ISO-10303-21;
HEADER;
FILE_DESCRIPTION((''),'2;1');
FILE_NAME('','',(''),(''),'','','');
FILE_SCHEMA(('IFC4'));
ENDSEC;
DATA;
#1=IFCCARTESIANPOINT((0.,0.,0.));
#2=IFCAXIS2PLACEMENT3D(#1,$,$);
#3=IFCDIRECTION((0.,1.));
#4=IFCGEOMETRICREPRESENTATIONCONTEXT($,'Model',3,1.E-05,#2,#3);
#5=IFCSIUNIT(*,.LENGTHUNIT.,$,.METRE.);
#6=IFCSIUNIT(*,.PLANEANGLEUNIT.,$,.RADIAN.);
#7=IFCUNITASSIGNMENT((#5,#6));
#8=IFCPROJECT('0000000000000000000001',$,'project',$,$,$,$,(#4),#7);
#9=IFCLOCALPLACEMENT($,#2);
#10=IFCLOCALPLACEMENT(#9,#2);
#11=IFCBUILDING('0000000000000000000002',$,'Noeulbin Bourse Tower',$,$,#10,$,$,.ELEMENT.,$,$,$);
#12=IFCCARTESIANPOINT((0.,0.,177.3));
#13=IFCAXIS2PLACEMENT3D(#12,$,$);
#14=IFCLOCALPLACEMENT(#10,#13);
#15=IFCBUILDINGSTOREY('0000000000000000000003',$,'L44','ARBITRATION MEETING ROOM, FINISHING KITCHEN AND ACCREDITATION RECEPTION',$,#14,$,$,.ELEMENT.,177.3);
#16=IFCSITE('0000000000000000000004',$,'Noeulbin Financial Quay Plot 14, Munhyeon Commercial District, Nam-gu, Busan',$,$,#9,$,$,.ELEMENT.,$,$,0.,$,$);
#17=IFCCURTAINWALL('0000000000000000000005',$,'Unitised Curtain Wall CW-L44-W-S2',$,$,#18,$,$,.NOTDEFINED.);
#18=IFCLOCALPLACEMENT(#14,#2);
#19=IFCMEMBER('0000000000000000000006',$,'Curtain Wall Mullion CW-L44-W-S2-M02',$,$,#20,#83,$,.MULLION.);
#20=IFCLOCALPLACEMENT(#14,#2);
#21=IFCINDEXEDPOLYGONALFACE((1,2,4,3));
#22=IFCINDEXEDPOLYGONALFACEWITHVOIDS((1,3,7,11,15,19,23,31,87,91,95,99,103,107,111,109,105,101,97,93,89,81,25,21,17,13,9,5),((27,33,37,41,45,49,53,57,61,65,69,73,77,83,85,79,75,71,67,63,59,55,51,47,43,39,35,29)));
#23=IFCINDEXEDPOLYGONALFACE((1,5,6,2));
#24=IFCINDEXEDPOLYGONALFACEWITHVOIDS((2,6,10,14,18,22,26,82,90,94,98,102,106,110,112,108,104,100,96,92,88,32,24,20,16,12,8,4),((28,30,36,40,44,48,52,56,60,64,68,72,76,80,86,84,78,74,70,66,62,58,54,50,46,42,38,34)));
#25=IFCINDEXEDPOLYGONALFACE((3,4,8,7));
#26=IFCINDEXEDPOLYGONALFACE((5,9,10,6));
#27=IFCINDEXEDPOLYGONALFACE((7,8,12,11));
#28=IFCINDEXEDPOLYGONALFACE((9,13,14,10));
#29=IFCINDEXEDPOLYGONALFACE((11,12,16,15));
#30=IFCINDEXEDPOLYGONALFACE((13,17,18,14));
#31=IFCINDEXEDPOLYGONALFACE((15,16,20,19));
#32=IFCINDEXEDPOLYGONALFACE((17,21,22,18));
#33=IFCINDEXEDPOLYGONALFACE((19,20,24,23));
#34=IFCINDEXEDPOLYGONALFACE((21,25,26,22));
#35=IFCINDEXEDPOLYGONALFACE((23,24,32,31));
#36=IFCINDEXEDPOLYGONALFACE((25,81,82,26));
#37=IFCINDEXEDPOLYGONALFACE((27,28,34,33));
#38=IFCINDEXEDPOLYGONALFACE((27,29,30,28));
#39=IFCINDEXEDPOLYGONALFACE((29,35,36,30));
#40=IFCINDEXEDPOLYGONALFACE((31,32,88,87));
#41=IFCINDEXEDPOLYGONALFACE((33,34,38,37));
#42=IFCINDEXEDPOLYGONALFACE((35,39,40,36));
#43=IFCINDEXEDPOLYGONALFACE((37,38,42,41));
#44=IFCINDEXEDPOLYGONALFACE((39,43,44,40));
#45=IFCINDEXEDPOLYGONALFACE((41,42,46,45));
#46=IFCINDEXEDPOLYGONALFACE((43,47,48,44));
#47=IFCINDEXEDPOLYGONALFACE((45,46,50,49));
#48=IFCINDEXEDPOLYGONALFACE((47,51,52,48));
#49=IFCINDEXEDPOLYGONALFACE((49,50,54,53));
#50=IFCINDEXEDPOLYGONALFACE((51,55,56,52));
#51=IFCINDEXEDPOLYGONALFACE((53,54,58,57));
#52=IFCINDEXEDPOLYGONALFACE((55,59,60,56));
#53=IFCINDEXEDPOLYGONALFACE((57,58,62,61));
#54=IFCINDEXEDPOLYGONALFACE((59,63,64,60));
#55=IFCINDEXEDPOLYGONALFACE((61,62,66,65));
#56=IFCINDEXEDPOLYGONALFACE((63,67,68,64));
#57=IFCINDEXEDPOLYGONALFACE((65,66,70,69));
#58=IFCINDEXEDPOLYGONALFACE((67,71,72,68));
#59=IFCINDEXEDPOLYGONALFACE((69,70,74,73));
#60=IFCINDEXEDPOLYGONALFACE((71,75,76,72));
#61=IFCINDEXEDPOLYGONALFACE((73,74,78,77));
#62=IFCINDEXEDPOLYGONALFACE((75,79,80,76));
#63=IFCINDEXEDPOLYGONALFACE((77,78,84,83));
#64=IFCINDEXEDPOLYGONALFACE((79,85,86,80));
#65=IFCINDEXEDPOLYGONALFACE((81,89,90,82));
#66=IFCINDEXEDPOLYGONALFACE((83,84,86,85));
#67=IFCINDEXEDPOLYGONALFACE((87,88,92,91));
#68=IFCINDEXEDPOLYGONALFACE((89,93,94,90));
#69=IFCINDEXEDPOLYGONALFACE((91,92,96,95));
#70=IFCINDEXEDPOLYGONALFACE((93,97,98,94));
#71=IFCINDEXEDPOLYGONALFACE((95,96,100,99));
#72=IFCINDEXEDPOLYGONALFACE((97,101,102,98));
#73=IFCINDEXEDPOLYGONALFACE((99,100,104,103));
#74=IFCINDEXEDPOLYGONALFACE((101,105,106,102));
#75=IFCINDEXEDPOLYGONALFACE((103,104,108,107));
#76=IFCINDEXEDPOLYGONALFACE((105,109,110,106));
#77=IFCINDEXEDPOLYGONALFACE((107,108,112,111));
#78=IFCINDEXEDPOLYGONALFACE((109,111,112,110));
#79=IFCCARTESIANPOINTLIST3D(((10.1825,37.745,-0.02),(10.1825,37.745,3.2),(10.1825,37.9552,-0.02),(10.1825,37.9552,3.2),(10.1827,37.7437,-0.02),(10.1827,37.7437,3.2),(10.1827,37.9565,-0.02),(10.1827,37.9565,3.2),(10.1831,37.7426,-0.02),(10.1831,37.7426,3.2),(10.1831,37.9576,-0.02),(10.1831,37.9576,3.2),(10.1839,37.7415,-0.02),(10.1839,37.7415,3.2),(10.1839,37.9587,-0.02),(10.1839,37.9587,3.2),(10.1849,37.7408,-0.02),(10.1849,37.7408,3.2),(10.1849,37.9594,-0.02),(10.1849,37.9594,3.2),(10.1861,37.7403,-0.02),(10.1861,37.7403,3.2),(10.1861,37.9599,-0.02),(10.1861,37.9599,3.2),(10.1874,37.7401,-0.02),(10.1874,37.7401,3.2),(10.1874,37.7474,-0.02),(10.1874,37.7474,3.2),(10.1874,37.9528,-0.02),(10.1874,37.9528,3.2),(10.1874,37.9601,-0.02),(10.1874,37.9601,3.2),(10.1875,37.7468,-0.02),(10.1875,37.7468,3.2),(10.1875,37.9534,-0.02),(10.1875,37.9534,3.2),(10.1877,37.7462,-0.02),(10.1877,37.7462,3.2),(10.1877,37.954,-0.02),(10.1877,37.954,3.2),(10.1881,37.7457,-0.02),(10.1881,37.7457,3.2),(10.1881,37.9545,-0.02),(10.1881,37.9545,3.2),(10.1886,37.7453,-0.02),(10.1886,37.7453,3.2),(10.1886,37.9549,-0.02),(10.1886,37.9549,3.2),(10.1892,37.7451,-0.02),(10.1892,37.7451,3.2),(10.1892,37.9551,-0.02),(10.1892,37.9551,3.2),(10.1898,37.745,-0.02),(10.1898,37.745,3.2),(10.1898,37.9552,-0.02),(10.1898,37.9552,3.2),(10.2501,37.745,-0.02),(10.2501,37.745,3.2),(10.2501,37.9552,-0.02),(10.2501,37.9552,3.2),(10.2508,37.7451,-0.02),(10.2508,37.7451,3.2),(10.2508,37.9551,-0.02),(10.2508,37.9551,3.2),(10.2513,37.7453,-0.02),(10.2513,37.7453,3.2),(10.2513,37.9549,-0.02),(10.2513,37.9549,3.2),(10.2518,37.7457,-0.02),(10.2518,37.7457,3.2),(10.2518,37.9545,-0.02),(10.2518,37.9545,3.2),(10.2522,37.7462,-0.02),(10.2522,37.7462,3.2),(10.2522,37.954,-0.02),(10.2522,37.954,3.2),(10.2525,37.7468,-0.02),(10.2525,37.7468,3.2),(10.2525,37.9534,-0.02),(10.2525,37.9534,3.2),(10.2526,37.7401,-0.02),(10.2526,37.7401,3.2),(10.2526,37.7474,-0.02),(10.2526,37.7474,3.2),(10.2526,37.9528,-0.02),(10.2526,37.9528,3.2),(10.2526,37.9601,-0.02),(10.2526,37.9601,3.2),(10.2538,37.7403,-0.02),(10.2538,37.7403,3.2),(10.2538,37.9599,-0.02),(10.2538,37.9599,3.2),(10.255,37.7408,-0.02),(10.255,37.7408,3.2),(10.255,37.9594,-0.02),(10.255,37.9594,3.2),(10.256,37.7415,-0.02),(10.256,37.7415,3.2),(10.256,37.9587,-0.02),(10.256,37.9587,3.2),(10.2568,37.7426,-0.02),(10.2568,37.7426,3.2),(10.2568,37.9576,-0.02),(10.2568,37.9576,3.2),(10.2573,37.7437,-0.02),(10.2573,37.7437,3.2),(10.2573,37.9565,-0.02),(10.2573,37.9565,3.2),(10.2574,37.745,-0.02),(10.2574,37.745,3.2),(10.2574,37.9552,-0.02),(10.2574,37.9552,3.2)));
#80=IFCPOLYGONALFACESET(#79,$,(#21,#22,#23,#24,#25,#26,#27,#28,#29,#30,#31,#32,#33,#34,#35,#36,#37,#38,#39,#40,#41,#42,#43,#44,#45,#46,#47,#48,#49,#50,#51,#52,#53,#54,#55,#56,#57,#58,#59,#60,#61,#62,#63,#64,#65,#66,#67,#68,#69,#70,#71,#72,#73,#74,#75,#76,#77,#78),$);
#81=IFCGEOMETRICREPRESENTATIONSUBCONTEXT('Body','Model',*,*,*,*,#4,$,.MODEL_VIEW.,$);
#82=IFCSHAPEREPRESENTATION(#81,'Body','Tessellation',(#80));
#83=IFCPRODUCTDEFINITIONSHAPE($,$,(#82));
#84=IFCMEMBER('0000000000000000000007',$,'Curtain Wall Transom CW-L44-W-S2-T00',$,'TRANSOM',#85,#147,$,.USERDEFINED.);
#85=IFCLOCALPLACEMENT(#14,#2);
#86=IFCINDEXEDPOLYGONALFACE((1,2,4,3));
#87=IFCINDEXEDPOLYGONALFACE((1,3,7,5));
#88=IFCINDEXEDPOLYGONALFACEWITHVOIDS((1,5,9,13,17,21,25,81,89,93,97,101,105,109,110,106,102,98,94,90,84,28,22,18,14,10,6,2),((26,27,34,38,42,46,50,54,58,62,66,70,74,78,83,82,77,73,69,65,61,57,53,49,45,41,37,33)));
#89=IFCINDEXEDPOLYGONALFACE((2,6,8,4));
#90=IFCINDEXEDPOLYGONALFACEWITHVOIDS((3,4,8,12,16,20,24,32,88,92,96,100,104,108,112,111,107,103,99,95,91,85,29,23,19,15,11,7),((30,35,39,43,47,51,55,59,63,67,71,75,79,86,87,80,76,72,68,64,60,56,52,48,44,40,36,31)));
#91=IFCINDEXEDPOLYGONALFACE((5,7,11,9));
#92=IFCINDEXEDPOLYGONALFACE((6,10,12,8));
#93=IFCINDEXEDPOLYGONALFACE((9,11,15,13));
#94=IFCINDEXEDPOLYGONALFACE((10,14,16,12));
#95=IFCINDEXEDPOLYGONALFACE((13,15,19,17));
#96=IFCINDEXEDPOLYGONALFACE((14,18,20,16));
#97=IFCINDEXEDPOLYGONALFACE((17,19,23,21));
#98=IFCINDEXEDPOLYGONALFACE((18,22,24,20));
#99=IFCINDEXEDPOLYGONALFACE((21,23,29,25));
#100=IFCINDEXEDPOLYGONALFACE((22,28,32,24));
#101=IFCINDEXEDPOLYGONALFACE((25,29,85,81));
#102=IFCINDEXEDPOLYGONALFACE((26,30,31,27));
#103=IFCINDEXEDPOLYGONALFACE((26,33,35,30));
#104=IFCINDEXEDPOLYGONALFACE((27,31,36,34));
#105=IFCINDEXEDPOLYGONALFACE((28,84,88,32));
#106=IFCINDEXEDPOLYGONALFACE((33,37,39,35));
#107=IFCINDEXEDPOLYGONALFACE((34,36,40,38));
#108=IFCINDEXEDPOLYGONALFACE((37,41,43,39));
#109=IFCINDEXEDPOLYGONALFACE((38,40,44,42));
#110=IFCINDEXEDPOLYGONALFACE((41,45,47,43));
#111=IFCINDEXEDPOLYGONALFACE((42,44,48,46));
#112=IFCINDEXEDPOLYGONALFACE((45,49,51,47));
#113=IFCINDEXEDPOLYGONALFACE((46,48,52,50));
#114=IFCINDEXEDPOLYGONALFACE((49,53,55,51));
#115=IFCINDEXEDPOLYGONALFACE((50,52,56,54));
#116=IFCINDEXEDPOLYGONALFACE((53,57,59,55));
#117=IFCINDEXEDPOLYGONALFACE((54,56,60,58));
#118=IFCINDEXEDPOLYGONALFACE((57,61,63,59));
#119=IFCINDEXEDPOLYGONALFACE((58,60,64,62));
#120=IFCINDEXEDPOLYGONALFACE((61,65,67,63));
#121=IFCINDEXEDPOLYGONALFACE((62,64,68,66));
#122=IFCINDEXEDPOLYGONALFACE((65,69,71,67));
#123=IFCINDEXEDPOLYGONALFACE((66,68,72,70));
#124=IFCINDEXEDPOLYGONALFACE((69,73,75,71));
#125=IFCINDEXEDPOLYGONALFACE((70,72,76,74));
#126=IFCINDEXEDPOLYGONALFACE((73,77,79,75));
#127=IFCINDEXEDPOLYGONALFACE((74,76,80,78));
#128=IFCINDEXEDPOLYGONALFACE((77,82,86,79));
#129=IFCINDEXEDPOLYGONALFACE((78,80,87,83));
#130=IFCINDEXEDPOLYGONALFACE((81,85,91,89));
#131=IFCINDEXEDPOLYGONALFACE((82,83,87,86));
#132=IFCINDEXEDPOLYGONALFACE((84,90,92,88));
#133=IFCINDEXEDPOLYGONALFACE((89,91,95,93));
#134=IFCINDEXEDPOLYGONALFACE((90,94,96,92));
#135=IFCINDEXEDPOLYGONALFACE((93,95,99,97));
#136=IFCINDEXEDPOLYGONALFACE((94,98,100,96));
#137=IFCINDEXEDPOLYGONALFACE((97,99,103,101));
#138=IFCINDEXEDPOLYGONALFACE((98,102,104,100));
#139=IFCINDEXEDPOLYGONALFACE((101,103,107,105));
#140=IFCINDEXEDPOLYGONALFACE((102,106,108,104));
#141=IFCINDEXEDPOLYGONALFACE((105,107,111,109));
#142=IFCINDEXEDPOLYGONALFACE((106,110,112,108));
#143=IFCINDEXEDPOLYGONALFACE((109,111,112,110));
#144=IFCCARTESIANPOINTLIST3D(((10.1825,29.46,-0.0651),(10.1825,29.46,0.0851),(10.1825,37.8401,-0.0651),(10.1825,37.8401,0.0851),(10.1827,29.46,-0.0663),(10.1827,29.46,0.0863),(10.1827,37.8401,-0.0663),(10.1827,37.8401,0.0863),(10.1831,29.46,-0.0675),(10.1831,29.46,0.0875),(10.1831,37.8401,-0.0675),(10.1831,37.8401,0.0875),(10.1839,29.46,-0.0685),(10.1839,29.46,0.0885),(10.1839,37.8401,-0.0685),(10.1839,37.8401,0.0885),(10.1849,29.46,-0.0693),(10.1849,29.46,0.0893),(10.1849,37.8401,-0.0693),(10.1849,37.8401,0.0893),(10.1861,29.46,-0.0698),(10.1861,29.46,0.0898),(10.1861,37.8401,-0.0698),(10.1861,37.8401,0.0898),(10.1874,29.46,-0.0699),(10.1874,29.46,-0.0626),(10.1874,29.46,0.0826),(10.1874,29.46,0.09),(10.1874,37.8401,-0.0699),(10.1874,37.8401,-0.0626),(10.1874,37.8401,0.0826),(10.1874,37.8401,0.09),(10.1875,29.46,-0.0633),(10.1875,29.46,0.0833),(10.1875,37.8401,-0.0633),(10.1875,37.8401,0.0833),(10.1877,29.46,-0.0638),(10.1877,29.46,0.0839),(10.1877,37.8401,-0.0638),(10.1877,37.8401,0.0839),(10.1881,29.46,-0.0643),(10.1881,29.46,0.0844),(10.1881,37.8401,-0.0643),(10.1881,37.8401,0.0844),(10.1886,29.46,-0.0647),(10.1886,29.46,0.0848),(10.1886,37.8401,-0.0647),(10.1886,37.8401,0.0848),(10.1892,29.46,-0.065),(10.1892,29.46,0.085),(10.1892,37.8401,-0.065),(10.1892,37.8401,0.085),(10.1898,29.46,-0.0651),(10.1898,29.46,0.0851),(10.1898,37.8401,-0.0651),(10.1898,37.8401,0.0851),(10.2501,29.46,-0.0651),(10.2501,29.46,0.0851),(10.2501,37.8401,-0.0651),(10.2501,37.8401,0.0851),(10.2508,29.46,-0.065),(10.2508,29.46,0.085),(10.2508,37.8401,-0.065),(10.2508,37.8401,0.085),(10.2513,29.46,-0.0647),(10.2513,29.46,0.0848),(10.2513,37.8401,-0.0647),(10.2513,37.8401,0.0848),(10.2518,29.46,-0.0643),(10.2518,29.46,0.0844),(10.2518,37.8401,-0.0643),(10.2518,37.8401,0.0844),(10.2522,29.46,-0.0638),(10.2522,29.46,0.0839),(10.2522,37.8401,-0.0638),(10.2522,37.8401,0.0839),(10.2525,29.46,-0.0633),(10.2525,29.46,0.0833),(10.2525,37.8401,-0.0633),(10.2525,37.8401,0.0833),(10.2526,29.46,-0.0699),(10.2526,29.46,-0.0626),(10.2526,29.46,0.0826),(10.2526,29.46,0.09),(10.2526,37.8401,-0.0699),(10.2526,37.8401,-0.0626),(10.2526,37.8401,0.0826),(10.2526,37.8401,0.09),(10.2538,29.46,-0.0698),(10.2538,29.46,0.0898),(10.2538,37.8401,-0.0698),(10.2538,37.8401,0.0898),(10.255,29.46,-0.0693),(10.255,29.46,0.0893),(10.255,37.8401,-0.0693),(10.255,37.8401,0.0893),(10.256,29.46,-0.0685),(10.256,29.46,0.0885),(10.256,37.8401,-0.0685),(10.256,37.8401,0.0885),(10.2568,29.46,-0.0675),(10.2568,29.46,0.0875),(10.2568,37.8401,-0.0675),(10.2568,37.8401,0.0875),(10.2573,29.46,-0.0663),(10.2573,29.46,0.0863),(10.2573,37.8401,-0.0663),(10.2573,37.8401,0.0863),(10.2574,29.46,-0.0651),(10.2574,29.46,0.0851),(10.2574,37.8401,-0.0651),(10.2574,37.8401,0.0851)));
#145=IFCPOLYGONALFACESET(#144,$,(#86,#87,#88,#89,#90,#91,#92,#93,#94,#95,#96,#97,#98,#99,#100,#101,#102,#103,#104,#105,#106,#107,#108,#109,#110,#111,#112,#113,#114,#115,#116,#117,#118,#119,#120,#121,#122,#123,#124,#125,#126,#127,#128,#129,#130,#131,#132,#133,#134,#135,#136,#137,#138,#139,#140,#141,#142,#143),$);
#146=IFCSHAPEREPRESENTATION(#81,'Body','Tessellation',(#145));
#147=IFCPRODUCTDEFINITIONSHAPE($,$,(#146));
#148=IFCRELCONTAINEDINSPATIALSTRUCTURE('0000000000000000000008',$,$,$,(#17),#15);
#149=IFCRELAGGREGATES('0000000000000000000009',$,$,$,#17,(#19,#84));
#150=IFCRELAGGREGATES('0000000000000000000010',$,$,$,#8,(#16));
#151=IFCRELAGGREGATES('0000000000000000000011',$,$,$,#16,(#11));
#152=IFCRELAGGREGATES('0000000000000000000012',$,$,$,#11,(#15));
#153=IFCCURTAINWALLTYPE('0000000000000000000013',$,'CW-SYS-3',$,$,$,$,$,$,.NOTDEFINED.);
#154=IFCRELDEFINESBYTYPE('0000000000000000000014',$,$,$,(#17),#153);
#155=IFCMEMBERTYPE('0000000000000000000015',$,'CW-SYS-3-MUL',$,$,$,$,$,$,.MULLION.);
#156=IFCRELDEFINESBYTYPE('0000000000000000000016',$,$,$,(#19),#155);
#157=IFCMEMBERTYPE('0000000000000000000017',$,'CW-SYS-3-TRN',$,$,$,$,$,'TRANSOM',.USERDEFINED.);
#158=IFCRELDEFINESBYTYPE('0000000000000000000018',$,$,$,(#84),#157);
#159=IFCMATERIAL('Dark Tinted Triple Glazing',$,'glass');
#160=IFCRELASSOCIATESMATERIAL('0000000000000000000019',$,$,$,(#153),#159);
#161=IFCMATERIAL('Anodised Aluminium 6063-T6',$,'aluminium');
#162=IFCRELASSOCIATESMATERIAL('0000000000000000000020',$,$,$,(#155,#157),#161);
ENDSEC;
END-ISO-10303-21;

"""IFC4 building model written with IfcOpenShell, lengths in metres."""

from ifc_helpers import new_model, si_unit, direction, frame, origin, origin_2d, place, context, subcontext, project, spatial, hollow_rectangle, extrude, material, material_profile, profile_set, type_object, element, aggregate, save


model = new_model("IFC4")

# Units and contexts
model_context = context("Model", 3, precision=1e-05, world=origin(), true_north=direction((0.0, 1.0)))
body_context = subcontext(model_context, "Body", "Model", "MODEL_VIEW")
ifc_project = project(units=[si_unit("LENGTHUNIT", "METRE"), si_unit("PLANEANGLEUNIT", "RADIAN")], contexts=[model_context])

# Site, building, storey
site_placement = place(None, origin())
site = spatial("IfcSite", under=ifc_project, at=site_placement, Name="Noeulbin Financial Quay Plot 14, Munhyeon Commercial District, Nam-gu, Busan", CompositionType="ELEMENT", RefElevation=0.0)
building_placement = place(site_placement, origin())
building = spatial("IfcBuilding", under=site, at=building_placement, Name="Noeulbin Bourse Tower", CompositionType="ELEMENT")
storey_placement = place(building_placement, frame((0.0, 0.0, 177.3)))
storey = spatial("IfcBuildingStorey", under=building, at=storey_placement, Name="L44", Description="ARBITRATION MEETING ROOM, FINISHING KITCHEN AND ACCREDITATION RECEPTION", CompositionType="ELEMENT", Elevation=177.3)

# Curtain wall, members
ifc_material_1 = material(Name="Dark Tinted Triple Glazing", Category="glass")
curtain_wall_type = type_object("IfcCurtainWallType", Name="CW-SYS-3", PredefinedType="NOTDEFINED", material=ifc_material_1)
curtain_wall_placement = place(storey_placement, origin())
curtain_wall = element("IfcCurtainWall", 1, at=curtain_wall_placement, inside=storey, type_object=curtain_wall_type, Name="Unitised Curtain Wall CW-L44-W-S2", PredefinedType="NOTDEFINED")
ifc_material_2 = material(Name="Anodised Aluminium 6063-T6", Category="aluminium")
ifc_material_profile_1 = material_profile(ifc_material_2, hollow_rectangle(XDim=0.075, YDim=0.22, WallThickness=0.0049, InnerFilletRadius=0.0024, OuterFilletRadius=0.0049, at=origin_2d()), Name="ALU-MULL-75x220x5", Category="LoadBearing")
ifc_profile_set_1 = profile_set([ifc_material_profile_1], Name="Anodised Aluminium 6063-T6")
member_type_1 = type_object("IfcMemberType", Name="CW-SYS-3-MUL", PredefinedType="MULLION", material=ifc_profile_set_1)
member_1_placement = place(storey_placement, frame((10.22, 37.8501, -0.02), z_axis=(0.0, 0.0, 1.0), x_axis=(1.0, 0.0, 0.0)))
member_1 = element("IfcMember", 2, at=member_1_placement, type_object=member_type_1, Name="Curtain Wall Mullion CW-L44-W-S2-M02", PredefinedType="MULLION", context=body_context, shape_type="SweptSolid", body=[
    extrude(hollow_rectangle(XDim=0.075, YDim=0.22, WallThickness=0.0049, InnerFilletRadius=0.0024, OuterFilletRadius=0.0049, at=origin_2d()), origin(), (0.0, 0.0, 1.0), 3.22),
])
ifc_material_profile_2 = material_profile(ifc_material_2, hollow_rectangle(XDim=0.075, YDim=0.1599, WallThickness=0.0049, InnerFilletRadius=0.0024, OuterFilletRadius=0.0049, at=origin_2d()), Name="ALU-TRAN-75x160x5", Category="LoadBearing")
ifc_profile_set_2 = profile_set([ifc_material_profile_2], Name="Anodised Aluminium 6063-T6")
member_type_2 = type_object("IfcMemberType", Name="CW-SYS-3-TRN", ElementType="TRANSOM", PredefinedType="USERDEFINED", material=ifc_profile_set_2)
member_2_placement = place(storey_placement, frame((10.22, 29.46, 0.01), z_axis=(0.0, 1.0, 0.0), x_axis=(-1.0, 0.0, 0.0)))
member_2 = element("IfcMember", 3, at=member_2_placement, type_object=member_type_2, Name="Curtain Wall Transom CW-L44-W-S2-T00", ObjectType="TRANSOM", PredefinedType="USERDEFINED", context=body_context, shape_type="SweptSolid", body=[
    extrude(hollow_rectangle(XDim=0.075, YDim=0.1599, WallThickness=0.0049, InnerFilletRadius=0.0024, OuterFilletRadius=0.0049, at=origin_2d()), origin(), (0.0, 0.0, 1.0), 8.3801),
])
aggregate(curtain_wall, [member_1, member_2])

save(model, "model.ifc")
